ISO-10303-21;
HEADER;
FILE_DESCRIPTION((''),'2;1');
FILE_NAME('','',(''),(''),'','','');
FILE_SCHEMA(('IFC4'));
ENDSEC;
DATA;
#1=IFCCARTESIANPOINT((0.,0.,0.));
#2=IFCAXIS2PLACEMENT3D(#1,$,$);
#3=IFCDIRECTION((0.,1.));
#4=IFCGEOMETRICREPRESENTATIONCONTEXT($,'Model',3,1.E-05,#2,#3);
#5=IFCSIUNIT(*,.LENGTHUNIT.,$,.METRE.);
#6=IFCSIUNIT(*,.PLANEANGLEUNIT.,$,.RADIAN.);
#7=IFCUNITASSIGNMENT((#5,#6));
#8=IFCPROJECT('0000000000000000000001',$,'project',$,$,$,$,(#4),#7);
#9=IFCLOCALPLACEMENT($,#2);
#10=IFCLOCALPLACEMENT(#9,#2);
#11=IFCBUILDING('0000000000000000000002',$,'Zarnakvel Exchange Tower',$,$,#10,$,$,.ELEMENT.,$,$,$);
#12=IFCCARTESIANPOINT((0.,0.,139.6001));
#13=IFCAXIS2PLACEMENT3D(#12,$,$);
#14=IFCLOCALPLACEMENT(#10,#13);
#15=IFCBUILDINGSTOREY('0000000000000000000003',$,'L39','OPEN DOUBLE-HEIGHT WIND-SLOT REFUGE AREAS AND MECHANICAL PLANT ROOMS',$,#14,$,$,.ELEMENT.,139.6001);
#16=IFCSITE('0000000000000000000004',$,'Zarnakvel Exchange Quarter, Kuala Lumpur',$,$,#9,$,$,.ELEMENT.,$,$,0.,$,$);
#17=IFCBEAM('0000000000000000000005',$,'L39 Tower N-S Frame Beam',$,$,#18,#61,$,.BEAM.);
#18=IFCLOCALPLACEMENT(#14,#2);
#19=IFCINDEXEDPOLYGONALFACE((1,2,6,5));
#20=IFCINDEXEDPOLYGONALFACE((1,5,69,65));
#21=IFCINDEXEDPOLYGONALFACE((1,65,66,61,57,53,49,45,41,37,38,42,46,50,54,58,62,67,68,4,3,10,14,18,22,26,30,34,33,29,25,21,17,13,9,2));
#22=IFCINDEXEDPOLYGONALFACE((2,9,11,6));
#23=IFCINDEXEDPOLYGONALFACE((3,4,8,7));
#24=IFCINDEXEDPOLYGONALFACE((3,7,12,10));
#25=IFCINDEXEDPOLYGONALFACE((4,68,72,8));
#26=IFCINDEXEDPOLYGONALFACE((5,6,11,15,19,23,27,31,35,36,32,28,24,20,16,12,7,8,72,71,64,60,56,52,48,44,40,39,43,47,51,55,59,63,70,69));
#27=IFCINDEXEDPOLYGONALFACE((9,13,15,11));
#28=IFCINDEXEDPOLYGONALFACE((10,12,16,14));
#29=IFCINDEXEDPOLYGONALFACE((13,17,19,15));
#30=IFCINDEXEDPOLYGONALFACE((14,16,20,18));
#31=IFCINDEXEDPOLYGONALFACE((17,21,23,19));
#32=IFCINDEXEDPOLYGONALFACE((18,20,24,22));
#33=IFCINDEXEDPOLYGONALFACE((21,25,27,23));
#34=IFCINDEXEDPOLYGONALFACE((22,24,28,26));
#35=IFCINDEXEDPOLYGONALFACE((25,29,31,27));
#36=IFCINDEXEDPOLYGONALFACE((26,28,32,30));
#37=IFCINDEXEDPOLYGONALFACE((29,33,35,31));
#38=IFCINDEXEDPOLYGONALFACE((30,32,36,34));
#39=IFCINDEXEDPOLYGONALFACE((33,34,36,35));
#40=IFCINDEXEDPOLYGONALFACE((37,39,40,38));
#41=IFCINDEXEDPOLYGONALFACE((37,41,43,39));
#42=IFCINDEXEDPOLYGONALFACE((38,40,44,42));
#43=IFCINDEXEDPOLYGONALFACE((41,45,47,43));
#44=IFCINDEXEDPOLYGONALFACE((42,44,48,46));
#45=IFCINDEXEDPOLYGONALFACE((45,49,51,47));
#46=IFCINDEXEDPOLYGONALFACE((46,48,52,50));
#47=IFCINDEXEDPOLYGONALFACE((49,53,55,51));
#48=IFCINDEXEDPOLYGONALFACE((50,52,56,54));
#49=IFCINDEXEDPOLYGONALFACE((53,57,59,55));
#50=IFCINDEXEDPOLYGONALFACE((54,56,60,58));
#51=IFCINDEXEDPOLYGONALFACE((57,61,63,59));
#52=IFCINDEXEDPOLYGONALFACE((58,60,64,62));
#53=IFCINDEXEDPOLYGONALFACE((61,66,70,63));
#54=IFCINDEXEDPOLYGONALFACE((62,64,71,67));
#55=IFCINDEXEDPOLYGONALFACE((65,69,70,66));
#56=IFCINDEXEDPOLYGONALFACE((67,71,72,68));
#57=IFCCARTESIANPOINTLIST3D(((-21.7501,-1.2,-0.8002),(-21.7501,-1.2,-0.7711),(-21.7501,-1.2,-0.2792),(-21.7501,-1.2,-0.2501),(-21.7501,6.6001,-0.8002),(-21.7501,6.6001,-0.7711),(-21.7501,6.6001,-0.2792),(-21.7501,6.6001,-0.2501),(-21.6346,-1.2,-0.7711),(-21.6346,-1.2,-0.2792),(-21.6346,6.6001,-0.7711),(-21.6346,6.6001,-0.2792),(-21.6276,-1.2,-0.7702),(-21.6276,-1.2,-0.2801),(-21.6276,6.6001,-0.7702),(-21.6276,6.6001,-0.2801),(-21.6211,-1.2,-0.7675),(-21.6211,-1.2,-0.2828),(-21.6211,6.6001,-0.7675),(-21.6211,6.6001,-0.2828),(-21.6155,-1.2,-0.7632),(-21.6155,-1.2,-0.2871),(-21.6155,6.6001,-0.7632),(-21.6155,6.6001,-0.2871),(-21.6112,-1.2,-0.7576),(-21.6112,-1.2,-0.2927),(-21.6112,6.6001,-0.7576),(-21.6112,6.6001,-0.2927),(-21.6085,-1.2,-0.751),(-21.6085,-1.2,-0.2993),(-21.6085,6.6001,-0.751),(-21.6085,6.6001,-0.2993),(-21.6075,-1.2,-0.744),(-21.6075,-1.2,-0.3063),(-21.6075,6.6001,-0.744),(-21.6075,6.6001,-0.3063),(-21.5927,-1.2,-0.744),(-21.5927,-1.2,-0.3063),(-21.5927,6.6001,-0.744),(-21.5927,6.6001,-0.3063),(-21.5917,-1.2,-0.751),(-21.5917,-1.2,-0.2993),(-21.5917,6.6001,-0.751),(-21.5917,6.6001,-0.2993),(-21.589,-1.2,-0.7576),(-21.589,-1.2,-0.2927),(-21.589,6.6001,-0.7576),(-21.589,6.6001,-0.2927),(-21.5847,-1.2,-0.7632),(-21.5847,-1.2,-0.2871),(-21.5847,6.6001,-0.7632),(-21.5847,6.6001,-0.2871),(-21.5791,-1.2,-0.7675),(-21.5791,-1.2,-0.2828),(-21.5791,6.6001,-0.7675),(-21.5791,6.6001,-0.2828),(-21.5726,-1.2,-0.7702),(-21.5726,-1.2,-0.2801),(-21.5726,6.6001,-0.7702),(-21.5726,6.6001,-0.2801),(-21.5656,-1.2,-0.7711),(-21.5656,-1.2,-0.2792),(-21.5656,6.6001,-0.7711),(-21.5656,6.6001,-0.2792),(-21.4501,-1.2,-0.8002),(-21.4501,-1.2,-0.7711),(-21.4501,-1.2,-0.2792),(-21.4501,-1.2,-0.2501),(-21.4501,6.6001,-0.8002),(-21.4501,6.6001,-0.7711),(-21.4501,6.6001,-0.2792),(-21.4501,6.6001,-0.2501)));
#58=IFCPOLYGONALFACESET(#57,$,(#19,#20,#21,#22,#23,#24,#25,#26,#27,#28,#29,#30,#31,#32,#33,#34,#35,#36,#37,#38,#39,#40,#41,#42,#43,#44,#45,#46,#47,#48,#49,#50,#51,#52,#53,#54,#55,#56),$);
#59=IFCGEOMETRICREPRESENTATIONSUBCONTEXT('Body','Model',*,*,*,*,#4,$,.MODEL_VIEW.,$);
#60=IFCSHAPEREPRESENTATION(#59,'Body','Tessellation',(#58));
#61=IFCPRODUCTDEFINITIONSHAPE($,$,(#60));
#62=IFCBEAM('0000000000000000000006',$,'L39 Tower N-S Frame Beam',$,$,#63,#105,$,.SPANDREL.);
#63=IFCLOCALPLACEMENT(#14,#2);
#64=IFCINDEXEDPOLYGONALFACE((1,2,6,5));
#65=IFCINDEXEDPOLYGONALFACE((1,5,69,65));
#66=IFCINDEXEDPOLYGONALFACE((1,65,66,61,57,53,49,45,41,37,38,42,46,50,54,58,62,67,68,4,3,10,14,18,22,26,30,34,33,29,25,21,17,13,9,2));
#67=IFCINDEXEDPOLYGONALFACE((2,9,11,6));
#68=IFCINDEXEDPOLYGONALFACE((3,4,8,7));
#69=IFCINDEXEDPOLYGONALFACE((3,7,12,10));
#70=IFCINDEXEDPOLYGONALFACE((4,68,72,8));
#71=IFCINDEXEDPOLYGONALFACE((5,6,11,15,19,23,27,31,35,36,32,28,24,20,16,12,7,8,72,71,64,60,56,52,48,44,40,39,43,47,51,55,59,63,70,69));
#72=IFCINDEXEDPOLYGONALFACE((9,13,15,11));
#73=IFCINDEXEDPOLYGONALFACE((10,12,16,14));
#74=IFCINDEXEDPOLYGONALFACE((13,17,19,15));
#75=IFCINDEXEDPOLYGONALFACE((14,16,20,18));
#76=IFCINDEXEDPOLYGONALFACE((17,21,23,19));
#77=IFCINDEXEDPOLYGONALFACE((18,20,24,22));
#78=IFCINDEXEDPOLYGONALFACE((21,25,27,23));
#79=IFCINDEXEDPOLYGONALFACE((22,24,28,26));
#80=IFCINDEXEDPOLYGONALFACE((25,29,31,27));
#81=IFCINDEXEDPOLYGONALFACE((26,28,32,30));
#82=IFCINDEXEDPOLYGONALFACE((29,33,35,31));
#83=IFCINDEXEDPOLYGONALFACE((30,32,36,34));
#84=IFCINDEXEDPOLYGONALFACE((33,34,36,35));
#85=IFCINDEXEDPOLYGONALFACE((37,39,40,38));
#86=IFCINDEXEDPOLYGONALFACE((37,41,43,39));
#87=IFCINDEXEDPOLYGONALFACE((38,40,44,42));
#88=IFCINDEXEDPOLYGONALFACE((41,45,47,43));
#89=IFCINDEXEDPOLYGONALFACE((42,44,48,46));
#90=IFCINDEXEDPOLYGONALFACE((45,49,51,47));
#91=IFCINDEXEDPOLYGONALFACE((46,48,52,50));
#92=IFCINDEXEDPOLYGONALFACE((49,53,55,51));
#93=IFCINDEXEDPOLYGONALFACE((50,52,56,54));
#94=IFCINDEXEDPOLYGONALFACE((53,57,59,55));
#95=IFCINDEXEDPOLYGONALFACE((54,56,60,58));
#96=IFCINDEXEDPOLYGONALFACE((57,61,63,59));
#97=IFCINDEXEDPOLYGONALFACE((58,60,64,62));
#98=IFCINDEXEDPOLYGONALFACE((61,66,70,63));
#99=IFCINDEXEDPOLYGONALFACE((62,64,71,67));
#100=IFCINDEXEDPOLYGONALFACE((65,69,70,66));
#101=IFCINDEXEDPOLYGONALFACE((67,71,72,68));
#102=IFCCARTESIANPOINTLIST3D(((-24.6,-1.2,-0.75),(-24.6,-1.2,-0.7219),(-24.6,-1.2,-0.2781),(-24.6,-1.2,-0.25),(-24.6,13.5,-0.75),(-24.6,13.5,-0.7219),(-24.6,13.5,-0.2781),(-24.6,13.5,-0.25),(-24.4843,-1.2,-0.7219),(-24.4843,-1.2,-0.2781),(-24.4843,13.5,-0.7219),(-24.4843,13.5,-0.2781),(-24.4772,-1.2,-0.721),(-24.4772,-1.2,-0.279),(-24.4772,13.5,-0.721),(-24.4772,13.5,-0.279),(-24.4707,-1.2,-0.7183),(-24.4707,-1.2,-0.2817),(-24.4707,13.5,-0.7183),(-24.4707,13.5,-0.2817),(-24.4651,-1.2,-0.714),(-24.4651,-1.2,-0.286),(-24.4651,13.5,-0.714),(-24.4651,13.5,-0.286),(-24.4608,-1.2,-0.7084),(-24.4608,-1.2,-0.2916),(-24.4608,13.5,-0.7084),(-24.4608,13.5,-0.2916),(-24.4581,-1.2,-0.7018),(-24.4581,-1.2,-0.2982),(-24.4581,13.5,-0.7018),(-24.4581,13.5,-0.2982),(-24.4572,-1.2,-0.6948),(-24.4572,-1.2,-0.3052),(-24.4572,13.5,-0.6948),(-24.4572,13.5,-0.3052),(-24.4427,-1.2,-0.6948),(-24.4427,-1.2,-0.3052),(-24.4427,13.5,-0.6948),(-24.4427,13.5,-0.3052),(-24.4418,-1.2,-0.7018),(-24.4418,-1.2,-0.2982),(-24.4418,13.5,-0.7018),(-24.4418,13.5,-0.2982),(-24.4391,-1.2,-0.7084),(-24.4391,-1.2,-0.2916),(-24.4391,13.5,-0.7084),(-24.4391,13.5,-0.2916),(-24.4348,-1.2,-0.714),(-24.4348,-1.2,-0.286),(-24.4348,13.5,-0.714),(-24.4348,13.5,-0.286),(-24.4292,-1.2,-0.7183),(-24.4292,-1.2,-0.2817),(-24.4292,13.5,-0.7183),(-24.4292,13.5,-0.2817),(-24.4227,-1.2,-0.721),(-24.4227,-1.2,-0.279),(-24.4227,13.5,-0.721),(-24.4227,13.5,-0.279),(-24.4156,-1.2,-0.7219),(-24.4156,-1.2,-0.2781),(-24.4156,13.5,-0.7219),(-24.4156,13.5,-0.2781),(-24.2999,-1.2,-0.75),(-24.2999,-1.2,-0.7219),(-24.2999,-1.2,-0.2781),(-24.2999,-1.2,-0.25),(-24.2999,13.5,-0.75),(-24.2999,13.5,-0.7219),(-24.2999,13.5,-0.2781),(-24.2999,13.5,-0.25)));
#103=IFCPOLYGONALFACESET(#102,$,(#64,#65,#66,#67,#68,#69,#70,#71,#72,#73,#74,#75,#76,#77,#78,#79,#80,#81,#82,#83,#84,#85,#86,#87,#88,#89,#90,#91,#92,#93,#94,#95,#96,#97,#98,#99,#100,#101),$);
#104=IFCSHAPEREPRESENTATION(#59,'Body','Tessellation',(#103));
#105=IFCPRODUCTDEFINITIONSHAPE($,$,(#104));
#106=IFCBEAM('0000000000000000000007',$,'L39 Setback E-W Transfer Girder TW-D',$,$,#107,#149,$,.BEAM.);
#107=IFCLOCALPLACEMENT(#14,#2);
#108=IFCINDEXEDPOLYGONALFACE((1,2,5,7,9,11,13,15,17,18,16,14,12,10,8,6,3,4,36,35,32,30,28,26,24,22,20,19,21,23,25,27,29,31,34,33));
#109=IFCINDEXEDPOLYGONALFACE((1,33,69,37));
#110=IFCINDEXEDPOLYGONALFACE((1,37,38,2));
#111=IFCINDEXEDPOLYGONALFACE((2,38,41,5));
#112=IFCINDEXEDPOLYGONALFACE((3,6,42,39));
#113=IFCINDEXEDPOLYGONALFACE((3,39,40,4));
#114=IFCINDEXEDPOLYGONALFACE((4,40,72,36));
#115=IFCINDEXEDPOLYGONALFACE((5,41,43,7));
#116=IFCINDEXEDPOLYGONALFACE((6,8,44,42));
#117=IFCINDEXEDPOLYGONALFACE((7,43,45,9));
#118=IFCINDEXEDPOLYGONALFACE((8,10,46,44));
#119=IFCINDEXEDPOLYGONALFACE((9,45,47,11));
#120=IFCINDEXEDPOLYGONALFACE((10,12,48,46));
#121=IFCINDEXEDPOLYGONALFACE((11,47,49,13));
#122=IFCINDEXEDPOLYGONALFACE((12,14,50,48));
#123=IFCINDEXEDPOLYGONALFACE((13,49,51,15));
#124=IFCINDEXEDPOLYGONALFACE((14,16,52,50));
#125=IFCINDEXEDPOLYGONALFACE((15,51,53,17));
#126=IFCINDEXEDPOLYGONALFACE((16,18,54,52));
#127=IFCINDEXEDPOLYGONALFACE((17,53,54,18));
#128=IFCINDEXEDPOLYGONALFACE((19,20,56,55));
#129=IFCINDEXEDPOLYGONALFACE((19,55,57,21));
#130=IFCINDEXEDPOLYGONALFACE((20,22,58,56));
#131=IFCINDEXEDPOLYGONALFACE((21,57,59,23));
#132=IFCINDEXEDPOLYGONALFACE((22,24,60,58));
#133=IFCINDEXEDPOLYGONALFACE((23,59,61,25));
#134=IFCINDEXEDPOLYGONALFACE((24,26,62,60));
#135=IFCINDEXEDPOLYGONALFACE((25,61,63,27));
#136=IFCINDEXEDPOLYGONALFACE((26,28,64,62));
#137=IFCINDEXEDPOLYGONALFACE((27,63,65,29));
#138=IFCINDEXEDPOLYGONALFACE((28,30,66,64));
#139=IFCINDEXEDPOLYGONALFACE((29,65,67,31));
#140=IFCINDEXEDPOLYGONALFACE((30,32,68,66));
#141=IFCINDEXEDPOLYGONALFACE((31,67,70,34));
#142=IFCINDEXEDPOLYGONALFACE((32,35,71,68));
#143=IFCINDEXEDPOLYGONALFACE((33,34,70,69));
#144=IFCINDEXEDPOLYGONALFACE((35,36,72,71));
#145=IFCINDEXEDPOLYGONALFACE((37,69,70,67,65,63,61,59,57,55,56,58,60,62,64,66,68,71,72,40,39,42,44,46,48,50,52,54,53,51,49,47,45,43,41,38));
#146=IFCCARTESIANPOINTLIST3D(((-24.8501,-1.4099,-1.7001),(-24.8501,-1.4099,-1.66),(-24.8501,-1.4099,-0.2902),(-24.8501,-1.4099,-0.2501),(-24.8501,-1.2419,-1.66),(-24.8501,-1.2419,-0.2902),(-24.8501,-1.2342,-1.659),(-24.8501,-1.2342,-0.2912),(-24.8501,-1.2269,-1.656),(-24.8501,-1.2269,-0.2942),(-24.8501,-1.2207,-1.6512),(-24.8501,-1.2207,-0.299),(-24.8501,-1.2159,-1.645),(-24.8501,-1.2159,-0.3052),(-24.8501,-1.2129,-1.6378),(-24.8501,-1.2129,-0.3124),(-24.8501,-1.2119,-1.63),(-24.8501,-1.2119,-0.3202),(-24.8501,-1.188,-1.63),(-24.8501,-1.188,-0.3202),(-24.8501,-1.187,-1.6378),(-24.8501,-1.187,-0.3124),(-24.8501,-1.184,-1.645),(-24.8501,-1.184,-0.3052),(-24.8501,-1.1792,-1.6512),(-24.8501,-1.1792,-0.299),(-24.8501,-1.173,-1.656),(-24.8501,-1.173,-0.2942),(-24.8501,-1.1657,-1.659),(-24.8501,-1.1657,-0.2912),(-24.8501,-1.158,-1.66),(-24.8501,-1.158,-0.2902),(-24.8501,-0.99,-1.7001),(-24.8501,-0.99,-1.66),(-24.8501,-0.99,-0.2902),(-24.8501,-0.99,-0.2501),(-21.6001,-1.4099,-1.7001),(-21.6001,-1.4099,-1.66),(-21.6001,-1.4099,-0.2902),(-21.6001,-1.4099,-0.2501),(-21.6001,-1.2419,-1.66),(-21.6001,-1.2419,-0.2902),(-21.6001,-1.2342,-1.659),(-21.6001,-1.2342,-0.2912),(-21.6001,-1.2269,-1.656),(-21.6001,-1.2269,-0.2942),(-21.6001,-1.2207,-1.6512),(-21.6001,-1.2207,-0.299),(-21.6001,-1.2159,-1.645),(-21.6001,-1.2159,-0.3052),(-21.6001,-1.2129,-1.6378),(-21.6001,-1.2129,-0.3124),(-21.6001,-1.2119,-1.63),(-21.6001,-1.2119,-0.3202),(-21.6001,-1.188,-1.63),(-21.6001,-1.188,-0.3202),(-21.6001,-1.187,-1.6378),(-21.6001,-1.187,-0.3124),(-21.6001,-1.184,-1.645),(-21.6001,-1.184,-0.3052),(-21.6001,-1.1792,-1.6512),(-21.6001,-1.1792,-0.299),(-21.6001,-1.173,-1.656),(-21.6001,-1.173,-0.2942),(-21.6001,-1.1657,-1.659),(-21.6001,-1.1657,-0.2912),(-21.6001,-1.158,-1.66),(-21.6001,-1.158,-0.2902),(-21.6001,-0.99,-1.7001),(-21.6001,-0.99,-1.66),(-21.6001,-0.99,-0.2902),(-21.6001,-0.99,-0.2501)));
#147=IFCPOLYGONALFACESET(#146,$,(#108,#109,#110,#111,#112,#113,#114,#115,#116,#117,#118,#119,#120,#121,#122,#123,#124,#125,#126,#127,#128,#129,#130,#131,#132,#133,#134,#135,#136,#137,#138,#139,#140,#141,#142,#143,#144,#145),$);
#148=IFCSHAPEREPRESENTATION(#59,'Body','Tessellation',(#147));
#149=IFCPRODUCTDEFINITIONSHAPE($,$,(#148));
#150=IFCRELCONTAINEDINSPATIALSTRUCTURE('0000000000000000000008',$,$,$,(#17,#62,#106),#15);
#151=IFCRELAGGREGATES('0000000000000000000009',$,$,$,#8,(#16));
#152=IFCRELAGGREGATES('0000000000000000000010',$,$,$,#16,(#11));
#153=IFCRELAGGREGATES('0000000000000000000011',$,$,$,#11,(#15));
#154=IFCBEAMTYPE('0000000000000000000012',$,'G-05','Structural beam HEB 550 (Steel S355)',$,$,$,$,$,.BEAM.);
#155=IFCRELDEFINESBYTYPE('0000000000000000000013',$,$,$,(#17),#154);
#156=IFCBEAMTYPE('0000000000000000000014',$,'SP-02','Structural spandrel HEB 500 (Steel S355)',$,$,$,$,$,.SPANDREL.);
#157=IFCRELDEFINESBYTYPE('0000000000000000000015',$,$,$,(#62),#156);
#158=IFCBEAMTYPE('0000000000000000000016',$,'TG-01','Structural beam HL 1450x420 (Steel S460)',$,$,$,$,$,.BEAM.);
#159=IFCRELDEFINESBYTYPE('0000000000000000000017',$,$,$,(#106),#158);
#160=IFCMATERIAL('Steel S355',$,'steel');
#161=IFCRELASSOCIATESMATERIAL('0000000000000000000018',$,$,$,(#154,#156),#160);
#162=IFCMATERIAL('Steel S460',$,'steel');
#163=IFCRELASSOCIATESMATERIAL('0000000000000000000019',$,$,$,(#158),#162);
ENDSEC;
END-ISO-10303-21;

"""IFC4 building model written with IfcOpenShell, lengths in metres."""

from ifc_helpers import new_model, si_unit, direction, frame, origin, origin_2d, place, context, subcontext, project, spatial, i_section, extrude, material, material_profile, profile_set, type_object, element, save


model = new_model("IFC4")

# Units and contexts
model_context = context("Model", 3, precision=1e-05, world=origin(), true_north=direction((0.0, 1.0)))
body_context = subcontext(model_context, "Body", "Model", "MODEL_VIEW")
ifc_project = project(units=[si_unit("LENGTHUNIT", "METRE"), si_unit("PLANEANGLEUNIT", "RADIAN")], contexts=[model_context])

# Site, building, storey
site_placement = place(None, origin())
site = spatial("IfcSite", under=ifc_project, at=site_placement, Name="Zarnakvel Exchange Quarter, Kuala Lumpur", CompositionType="ELEMENT", RefElevation=0.0)
building_placement = place(site_placement, origin())
building = spatial("IfcBuilding", under=site, at=building_placement, Name="Zarnakvel Exchange Tower", CompositionType="ELEMENT")
storey_placement = place(building_placement, frame((0.0, 0.0, 139.6001)))
storey = spatial("IfcBuildingStorey", under=building, at=storey_placement, Name="L39", Description="OPEN DOUBLE-HEIGHT WIND-SLOT REFUGE AREAS AND MECHANICAL PLANT ROOMS", CompositionType="ELEMENT", Elevation=139.6001)

# Shared definitions
ifc_material_1 = material(Name="Steel S355", Category="steel")

# Beams
ifc_material_profile_1 = material_profile(ifc_material_1, i_section(OverallWidth=0.3, OverallDepth=0.55, WebThickness=0.0149, FlangeThickness=0.0291, FilletRadius=0.0271, at=origin_2d()))
ifc_profile_set_1 = profile_set([ifc_material_profile_1], Name="Steel S355")
beam_type_1 = type_object("IfcBeamType", Name="G-05", Description="Structural beam HEB 550 (Steel S355)", PredefinedType="BEAM", material=ifc_profile_set_1)
beam_1_placement = place(storey_placement, frame((-21.6001, -1.2, -0.5251), z_axis=(0.0, 1.0, 0.0), x_axis=(-1.0, 0.0, 0.0)))
element("IfcBeam", 1, at=beam_1_placement, inside=storey, type_object=beam_type_1, Name="L39 Tower N-S Frame Beam", PredefinedType="BEAM", context=body_context, shape_type="SweptSolid", body=[
    extrude(i_section(OverallWidth=0.3, OverallDepth=0.55, WebThickness=0.0149, FlangeThickness=0.0291, FilletRadius=0.0271, at=origin_2d()), origin(), (0.0, 0.0, 1.0), 7.8),
])
ifc_material_profile_2 = material_profile(ifc_material_1, i_section(OverallWidth=0.3, OverallDepth=0.5, WebThickness=0.0144, FlangeThickness=0.0281, FilletRadius=0.0271, at=origin_2d()))
ifc_profile_set_2 = profile_set([ifc_material_profile_2], Name="Steel S355")
beam_type_2 = type_object("IfcBeamType", Name="SP-02", Description="Structural spandrel HEB 500 (Steel S355)", PredefinedType="SPANDREL", material=ifc_profile_set_2)
beam_2_placement = place(storey_placement, frame((-24.45, -1.2, -0.5), z_axis=(0.0, 1.0, 0.0), x_axis=(-1.0, 0.0, 0.0)))
element("IfcBeam", 2, at=beam_2_placement, inside=storey, type_object=beam_type_2, Name="L39 Tower N-S Frame Beam", PredefinedType="SPANDREL", context=body_context, shape_type="SweptSolid", body=[
    extrude(i_section(OverallWidth=0.3, OverallDepth=0.5, WebThickness=0.0144, FlangeThickness=0.0281, FilletRadius=0.0271, at=origin_2d()), origin(), (0.0, 0.0, 1.0), 14.7),
])
ifc_material_2 = material(Name="Steel S460", Category="steel")
ifc_material_profile_3 = material_profile(ifc_material_2, i_section(OverallWidth=0.4199, OverallDepth=1.45, WebThickness=0.0239, FlangeThickness=0.04, FilletRadius=0.03, at=origin_2d()))
ifc_profile_set_3 = profile_set([ifc_material_profile_3], Name="Steel S460")
beam_type_3 = type_object("IfcBeamType", Name="TG-01", Description="Structural beam HL 1450x420 (Steel S460)", PredefinedType="BEAM", material=ifc_profile_set_3)
beam_3_placement = place(storey_placement, frame((-24.8501, -1.2, -0.9751), z_axis=(1.0, 0.0, 0.0), x_axis=(0.0, 1.0, 0.0)))
element("IfcBeam", 3, at=beam_3_placement, inside=storey, type_object=beam_type_3, Name="L39 Setback E-W Transfer Girder TW-D", PredefinedType="BEAM", context=body_context, shape_type="SweptSolid", body=[
    extrude(i_section(OverallWidth=0.4199, OverallDepth=1.45, WebThickness=0.0239, FlangeThickness=0.04, FilletRadius=0.03, at=origin_2d()), origin(), (0.0, 0.0, 1.0), 3.25),
])

save(model, "model.ifc")
